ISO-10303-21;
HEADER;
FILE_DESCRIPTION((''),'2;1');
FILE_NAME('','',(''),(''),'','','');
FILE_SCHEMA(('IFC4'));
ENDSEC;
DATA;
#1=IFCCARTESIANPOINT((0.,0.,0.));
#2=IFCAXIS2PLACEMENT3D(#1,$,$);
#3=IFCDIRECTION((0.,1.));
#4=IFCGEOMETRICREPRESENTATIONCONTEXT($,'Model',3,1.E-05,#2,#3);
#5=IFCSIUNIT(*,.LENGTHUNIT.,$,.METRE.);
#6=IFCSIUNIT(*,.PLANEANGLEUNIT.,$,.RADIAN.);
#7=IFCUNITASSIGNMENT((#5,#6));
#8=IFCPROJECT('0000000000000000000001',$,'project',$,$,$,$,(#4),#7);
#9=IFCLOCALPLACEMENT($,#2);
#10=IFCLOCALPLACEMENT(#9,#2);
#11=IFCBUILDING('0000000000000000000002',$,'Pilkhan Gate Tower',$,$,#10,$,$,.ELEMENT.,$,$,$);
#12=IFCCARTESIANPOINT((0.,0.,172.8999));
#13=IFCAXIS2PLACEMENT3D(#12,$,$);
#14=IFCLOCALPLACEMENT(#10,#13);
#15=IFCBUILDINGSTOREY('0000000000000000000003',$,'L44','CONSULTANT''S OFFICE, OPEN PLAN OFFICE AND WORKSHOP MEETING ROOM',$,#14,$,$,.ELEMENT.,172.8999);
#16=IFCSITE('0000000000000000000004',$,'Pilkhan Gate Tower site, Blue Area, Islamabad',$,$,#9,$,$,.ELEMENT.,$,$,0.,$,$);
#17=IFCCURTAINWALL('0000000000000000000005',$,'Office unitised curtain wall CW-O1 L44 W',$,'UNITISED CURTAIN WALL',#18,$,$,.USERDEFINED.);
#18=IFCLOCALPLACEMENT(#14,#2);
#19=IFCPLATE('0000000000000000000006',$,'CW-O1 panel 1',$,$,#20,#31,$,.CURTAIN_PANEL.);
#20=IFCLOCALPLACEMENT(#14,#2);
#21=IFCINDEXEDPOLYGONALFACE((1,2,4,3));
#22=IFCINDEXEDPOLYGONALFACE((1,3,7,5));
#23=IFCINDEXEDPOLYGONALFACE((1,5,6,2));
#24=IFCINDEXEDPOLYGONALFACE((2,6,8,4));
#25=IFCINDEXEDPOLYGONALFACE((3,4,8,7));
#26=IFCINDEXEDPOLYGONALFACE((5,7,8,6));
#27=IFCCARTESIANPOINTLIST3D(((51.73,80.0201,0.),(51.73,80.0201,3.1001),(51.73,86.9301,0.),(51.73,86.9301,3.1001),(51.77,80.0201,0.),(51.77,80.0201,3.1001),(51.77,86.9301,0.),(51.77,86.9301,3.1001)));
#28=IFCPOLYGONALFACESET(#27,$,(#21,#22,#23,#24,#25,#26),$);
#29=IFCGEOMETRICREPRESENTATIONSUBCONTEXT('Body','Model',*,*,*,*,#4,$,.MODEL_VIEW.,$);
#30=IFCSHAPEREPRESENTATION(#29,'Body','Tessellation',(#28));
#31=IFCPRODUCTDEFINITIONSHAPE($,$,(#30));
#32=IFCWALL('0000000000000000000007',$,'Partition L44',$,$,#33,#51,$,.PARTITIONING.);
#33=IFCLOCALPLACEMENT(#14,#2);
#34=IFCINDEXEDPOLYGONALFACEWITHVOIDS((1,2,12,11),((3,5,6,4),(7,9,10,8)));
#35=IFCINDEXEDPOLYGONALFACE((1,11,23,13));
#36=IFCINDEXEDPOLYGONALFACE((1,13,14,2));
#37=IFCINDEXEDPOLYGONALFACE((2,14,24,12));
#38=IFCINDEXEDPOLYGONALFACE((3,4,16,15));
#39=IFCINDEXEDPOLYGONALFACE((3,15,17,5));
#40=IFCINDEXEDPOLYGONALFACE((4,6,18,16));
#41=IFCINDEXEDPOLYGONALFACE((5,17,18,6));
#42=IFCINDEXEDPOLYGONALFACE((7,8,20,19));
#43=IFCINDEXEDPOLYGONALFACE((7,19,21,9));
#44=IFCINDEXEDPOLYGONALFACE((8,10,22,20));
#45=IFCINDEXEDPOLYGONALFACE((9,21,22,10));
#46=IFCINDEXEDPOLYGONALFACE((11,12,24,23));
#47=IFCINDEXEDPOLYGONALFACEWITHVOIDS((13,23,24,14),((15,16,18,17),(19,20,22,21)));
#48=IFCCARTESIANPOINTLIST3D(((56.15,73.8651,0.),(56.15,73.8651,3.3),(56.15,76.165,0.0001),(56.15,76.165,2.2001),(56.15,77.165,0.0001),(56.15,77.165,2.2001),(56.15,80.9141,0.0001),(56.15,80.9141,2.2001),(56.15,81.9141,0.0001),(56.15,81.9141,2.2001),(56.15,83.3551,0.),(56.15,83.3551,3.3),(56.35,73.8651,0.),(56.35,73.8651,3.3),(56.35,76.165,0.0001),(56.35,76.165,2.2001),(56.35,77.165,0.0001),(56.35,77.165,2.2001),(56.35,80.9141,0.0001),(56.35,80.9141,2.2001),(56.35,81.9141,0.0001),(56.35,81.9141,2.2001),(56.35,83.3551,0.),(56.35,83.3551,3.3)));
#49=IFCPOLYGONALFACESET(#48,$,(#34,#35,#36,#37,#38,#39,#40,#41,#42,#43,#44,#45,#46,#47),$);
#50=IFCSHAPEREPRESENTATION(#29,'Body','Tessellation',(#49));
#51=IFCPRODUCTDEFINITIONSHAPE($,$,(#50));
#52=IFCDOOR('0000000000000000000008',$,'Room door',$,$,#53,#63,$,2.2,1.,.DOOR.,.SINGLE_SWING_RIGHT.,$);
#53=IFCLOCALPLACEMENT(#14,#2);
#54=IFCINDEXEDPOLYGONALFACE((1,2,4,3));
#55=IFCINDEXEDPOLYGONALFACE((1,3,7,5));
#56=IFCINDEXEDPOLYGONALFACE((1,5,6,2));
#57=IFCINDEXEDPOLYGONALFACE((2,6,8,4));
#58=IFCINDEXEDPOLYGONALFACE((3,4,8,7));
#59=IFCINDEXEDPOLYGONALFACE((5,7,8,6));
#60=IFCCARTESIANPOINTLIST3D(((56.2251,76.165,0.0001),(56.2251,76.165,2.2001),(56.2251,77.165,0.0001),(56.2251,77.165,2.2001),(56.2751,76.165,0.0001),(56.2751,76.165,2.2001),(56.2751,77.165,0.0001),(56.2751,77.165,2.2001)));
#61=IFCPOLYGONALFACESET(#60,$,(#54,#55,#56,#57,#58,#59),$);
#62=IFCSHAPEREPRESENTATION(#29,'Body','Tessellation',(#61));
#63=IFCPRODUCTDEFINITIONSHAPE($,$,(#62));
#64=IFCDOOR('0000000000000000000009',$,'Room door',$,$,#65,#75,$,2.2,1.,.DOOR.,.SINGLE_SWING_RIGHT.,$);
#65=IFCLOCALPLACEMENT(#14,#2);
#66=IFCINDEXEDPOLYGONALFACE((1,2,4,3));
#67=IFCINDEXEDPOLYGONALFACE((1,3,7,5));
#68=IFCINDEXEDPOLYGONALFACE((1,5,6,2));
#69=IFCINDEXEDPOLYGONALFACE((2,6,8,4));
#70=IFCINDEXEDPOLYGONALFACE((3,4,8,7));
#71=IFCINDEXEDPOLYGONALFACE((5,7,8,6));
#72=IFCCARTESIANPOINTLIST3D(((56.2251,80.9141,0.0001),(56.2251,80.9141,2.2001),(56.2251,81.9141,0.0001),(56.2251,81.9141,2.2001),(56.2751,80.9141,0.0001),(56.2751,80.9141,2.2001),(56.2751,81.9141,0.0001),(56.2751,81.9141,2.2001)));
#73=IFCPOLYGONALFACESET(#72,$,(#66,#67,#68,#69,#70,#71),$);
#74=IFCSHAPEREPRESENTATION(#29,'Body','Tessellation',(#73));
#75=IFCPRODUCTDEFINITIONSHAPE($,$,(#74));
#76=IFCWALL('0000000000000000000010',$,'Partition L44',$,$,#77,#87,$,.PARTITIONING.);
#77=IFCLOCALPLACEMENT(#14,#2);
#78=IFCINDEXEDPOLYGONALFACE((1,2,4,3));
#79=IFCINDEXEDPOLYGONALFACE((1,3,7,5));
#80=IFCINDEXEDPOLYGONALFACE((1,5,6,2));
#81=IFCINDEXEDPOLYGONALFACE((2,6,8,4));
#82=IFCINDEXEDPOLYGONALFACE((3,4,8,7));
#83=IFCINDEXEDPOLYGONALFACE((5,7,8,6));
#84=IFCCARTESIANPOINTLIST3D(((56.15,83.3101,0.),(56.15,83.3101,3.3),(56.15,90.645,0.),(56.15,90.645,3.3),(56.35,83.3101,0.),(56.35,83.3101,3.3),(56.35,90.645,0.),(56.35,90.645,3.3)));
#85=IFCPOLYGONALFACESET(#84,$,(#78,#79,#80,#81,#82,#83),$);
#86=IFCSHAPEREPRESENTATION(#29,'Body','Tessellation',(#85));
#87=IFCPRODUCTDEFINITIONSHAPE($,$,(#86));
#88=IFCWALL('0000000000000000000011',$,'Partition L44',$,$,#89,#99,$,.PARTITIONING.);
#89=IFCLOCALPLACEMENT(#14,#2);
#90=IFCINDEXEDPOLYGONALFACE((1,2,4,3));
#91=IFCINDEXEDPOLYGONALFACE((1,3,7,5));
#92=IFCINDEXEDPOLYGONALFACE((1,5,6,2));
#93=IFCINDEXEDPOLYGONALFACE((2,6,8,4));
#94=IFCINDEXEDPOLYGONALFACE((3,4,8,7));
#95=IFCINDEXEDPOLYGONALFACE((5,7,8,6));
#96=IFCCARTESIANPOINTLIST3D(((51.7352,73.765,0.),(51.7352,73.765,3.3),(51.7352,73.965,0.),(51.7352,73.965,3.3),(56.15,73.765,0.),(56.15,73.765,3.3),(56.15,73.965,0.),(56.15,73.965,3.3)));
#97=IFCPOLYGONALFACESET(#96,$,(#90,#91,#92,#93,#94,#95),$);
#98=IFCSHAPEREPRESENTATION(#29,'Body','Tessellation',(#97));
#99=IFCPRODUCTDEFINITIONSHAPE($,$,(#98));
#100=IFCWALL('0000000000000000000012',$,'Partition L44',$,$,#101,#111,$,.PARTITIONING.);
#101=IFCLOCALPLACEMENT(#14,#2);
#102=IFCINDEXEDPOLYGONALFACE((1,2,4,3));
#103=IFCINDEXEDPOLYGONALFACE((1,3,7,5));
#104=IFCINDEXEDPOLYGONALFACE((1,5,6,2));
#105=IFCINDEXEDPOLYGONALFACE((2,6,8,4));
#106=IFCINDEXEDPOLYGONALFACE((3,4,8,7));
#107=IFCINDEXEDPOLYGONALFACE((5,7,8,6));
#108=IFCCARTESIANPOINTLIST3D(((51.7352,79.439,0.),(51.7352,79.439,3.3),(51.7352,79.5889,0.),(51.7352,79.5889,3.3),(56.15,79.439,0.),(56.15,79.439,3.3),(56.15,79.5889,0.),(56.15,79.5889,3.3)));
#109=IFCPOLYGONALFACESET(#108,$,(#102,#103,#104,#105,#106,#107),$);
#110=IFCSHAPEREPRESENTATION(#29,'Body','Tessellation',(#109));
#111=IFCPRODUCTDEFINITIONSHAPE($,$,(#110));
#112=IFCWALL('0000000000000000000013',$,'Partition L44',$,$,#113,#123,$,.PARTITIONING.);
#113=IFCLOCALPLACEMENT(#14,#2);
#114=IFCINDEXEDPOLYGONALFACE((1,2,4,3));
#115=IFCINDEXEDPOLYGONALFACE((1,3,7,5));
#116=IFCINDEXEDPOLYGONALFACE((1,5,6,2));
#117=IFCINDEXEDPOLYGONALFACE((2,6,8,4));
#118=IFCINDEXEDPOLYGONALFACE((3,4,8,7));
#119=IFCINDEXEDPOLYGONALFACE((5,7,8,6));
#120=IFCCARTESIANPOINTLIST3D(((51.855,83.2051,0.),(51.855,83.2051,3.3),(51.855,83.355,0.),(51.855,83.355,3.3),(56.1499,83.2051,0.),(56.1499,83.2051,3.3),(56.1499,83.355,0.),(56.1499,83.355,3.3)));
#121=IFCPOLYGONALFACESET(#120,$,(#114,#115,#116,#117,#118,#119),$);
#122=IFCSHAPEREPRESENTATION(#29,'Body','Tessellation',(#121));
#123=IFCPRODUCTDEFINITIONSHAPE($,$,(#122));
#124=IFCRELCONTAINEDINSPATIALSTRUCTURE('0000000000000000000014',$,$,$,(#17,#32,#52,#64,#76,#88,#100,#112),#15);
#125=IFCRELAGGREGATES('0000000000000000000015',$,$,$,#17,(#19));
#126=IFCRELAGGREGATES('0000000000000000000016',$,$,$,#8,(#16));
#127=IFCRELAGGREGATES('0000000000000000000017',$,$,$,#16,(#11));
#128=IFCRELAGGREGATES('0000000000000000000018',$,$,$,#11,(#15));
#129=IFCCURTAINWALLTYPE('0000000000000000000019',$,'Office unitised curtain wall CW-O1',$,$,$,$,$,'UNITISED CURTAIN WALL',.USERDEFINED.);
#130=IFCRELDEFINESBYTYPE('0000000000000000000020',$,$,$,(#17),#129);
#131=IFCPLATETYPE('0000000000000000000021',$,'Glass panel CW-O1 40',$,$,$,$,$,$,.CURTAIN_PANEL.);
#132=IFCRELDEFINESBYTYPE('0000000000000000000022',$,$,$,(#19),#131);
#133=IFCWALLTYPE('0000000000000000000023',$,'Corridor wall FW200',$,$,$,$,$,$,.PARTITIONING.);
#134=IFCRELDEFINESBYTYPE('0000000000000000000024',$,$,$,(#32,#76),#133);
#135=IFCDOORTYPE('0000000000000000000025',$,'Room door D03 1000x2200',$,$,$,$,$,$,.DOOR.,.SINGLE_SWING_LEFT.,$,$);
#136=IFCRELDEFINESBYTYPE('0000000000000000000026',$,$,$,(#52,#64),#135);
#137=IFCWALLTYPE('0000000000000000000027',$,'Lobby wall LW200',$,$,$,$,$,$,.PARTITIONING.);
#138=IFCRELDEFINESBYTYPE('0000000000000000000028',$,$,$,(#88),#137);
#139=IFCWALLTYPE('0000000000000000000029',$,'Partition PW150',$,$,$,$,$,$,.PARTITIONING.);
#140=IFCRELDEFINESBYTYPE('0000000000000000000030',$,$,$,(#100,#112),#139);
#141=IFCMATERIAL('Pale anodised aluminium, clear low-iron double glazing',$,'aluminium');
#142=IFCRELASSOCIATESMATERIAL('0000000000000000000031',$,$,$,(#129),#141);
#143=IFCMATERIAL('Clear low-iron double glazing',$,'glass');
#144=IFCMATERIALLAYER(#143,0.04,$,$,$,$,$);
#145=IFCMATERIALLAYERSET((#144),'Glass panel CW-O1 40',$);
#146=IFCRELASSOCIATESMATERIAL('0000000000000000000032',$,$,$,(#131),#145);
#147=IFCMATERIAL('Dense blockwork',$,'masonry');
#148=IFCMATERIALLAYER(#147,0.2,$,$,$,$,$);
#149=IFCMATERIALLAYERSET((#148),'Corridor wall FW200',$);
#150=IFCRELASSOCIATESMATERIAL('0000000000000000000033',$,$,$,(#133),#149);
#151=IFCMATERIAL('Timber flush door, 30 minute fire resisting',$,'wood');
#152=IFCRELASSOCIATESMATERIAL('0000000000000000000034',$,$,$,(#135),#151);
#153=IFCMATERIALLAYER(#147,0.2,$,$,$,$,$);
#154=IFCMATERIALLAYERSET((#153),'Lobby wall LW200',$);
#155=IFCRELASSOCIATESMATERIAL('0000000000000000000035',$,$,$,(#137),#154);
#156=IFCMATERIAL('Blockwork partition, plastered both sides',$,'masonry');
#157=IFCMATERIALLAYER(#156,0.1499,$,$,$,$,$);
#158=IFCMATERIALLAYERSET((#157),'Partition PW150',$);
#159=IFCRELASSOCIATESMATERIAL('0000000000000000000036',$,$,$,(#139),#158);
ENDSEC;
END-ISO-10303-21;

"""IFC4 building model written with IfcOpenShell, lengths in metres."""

from ifc_helpers import new_model, si_unit, direction, frame, frame_2d, origin, origin_2d, place, context, subcontext, project, spatial, rectangle, extrude, material, layer, layer_set, type_object, element, fill, aggregate, save


model = new_model("IFC4")

# Units and contexts
model_context = context("Model", 3, precision=1e-05, world=origin(), true_north=direction((0.0, 1.0)))
body_context = subcontext(model_context, "Body", "Model", "MODEL_VIEW")
ifc_project = project(units=[si_unit("LENGTHUNIT", "METRE"), si_unit("PLANEANGLEUNIT", "RADIAN")], contexts=[model_context])

# Site, building, storey
site_placement = place(None, origin())
site = spatial("IfcSite", under=ifc_project, at=site_placement, Name="Pilkhan Gate Tower site, Blue Area, Islamabad", CompositionType="ELEMENT", RefElevation=0.0)
building_placement = place(site_placement, origin())
building = spatial("IfcBuilding", under=site, at=building_placement, Name="Pilkhan Gate Tower", CompositionType="ELEMENT")
storey_placement = place(building_placement, frame((0.0, 0.0, 172.8999)))
storey = spatial("IfcBuildingStorey", under=building, at=storey_placement, Name="L44", Description="CONSULTANT'S OFFICE, OPEN PLAN OFFICE AND WORKSHOP MEETING ROOM", CompositionType="ELEMENT", Elevation=172.8999)

# Shared definitions
ifc_material_1 = material(Name="Pale anodised aluminium, clear low-iron double glazing", Category="aluminium")
curtain_wall_type = type_object("IfcCurtainWallType", Name="Office unitised curtain wall CW-O1", ElementType="UNITISED CURTAIN WALL", PredefinedType="USERDEFINED", material=ifc_material_1)

# Curtain wall
curtain_wall_1_placement = place(storey_placement, origin())
curtain_wall_1 = element("IfcCurtainWall", 1, at=curtain_wall_1_placement, inside=storey, type_object=curtain_wall_type, Name="Office unitised curtain wall CW-O1 L44 W", ObjectType="UNITISED CURTAIN WALL", PredefinedType="USERDEFINED")

# Plate
ifc_material_2 = material(Name="Clear low-iron double glazing", Category="glass")
ifc_layer_1 = layer(ifc_material_2, 0.04)
ifc_layer_set_1 = layer_set([ifc_layer_1], Name="Glass panel CW-O1 40")
plate_type = type_object("IfcPlateType", Name="Glass panel CW-O1 40", PredefinedType="CURTAIN_PANEL", material=ifc_layer_set_1)
plate_1_placement = place(storey_placement, frame((51.75, 83.4751, 0.0), z_axis=(0.0, 0.0, 1.0), x_axis=(0.0, 1.0, 0.0)))
plate_1 = element("IfcPlate", 2, at=plate_1_placement, type_object=plate_type, Name="CW-O1 panel 1", PredefinedType="CURTAIN_PANEL", context=body_context, shape_type="SweptSolid", body=[
    extrude(rectangle(XDim=6.9099, YDim=0.04, at=origin_2d()), origin(), (0.0, 0.0, 1.0), 3.1001),
])
aggregate(curtain_wall_1, [plate_1])

# Wall, openings, doors
ifc_material_3 = material(Name="Dense blockwork", Category="masonry")
ifc_layer_2 = layer(ifc_material_3, 0.2)
ifc_layer_set_2 = layer_set([ifc_layer_2], Name="Corridor wall FW200")
wall_type_1 = type_object("IfcWallType", Name="Corridor wall FW200", PredefinedType="PARTITIONING", material=ifc_layer_set_2)
wall_1_placement = place(storey_placement, frame((56.25, 73.865, 0.0), z_axis=(0.0, 0.0, 1.0), x_axis=(0.0, 1.0, 0.0)))
wall_1 = element("IfcWall", 3, at=wall_1_placement, inside=storey, type_object=wall_type_1, Name="Partition L44", PredefinedType="PARTITIONING", context=body_context, shape_type="SweptSolid", body=[
    extrude(rectangle(XDim=9.49, YDim=0.2, at=frame_2d((4.7451, 0.0))), origin(), (0.0, 0.0, 1.0), 3.3),
])
opening_1_placement = place(wall_1_placement, frame((2.3, 0.0, 0.0)))
opening_1 = element("IfcOpeningElement", 4, at=opening_1_placement, cuts=wall_1, PredefinedType="OPENING", context=body_context, shape_type="SweptSolid", body=[
    extrude(rectangle(XDim=1.0, YDim=2.2, at=frame_2d((0.5, 1.1001))), frame((0.0, 0.1099, 0.0), z_axis=(0.0, -1.0, 0.0), x_axis=(1.0, 0.0, 0.0)), (0.0, 0.0, 1.0), 0.22),
])
opening_2_placement = place(wall_1_placement, frame((7.0491, 0.0, 0.0)))
opening_2 = element("IfcOpeningElement", 5, at=opening_2_placement, cuts=wall_1, PredefinedType="OPENING", context=body_context, shape_type="SweptSolid", body=[
    extrude(rectangle(XDim=1.0, YDim=2.2, at=frame_2d((0.5, 1.1001))), frame((0.0, 0.1099, 0.0), z_axis=(0.0, -1.0, 0.0), x_axis=(1.0, 0.0, 0.0)), (0.0, 0.0, 1.0), 0.22),
])
ifc_material_4 = material(Name="Timber flush door, 30 minute fire resisting", Category="wood")
door_type = type_object("IfcDoorType", Name="Room door D03 1000x2200", OperationType="SINGLE_SWING_LEFT", PredefinedType="DOOR", material=ifc_material_4)
door_1_placement = place(opening_1_placement, origin())
door_1 = element("IfcDoor", 6, at=door_1_placement, inside=storey, type_object=door_type, Name="Room door", OperationType="SINGLE_SWING_RIGHT", OverallHeight=2.2, OverallWidth=1.0, PredefinedType="DOOR", context=body_context, shape_type="SweptSolid", body=[
    extrude(rectangle(XDim=1.0, YDim=2.2, at=frame_2d((0.5, 1.1001))), frame((0.0, 0.0249, 0.0), z_axis=(0.0, -1.0, 0.0), x_axis=(1.0, 0.0, 0.0)), (0.0, 0.0, 1.0), 0.05),
])
fill(opening_1, door_1)
door_2_placement = place(opening_2_placement, origin())
door_2 = element("IfcDoor", 7, at=door_2_placement, inside=storey, type_object=door_type, Name="Room door", OperationType="SINGLE_SWING_RIGHT", OverallHeight=2.2, OverallWidth=1.0, PredefinedType="DOOR", context=body_context, shape_type="SweptSolid", body=[
    extrude(rectangle(XDim=1.0, YDim=2.2, at=frame_2d((0.5, 1.1001))), frame((0.0, 0.0249, 0.0), z_axis=(0.0, -1.0, 0.0), x_axis=(1.0, 0.0, 0.0)), (0.0, 0.0, 1.0), 0.05),
])
fill(opening_2, door_2)

# Walls
wall_2_placement = place(storey_placement, frame((56.25, 83.3101, 0.0), z_axis=(0.0, 0.0, 1.0), x_axis=(0.0, 1.0, 0.0)))
element("IfcWall", 8, at=wall_2_placement, inside=storey, type_object=wall_type_1, Name="Partition L44", PredefinedType="PARTITIONING", context=body_context, shape_type="SweptSolid", body=[
    extrude(rectangle(XDim=7.335, YDim=0.2, at=frame_2d((3.6675, 0.0))), origin(), (0.0, 0.0, 1.0), 3.3),
])
ifc_layer_3 = layer(ifc_material_3, 0.2)
ifc_layer_set_3 = layer_set([ifc_layer_3], Name="Lobby wall LW200")
wall_type_2 = type_object("IfcWallType", Name="Lobby wall LW200", PredefinedType="PARTITIONING", material=ifc_layer_set_3)
wall_3_placement = place(storey_placement, frame((51.7351, 73.865, 0.0), z_axis=(0.0, 0.0, 1.0), x_axis=(1.0, 0.0, 0.0)))
element("IfcWall", 9, at=wall_3_placement, inside=storey, type_object=wall_type_2, Name="Partition L44", PredefinedType="PARTITIONING", context=body_context, shape_type="SweptSolid", body=[
    extrude(rectangle(XDim=4.4148, YDim=0.2, at=frame_2d((2.2075, 0.0))), origin(), (0.0, 0.0, 1.0), 3.3),
])
ifc_material_5 = material(Name="Blockwork partition, plastered both sides", Category="masonry")
ifc_layer_4 = layer(ifc_material_5, 0.1499)
ifc_layer_set_4 = layer_set([ifc_layer_4], Name="Partition PW150")
wall_type_3 = type_object("IfcWallType", Name="Partition PW150", PredefinedType="PARTITIONING", material=ifc_layer_set_4)
wall_4_placement = place(storey_placement, frame((51.7351, 79.5139, 0.0), z_axis=(0.0, 0.0, 1.0), x_axis=(1.0, 0.0, 0.0)))
element("IfcWall", 10, at=wall_4_placement, inside=storey, type_object=wall_type_3, Name="Partition L44", PredefinedType="PARTITIONING", context=body_context, shape_type="SweptSolid", body=[
    extrude(rectangle(XDim=4.4148, YDim=0.1499, at=frame_2d((2.2075, 0.0))), origin(), (0.0, 0.0, 1.0), 3.3),
])
wall_5_placement = place(storey_placement, frame((51.855, 83.28, 0.0), z_axis=(0.0, 0.0, 1.0), x_axis=(1.0, 0.0, 0.0)))
element("IfcWall", 11, at=wall_5_placement, inside=storey, type_object=wall_type_3, Name="Partition L44", PredefinedType="PARTITIONING", context=body_context, shape_type="SweptSolid", body=[
    extrude(rectangle(XDim=4.2949, YDim=0.1499, at=frame_2d((2.1475, 0.0))), origin(), (0.0, 0.0, 1.0), 3.3),
])

save(model, "model.ifc")
